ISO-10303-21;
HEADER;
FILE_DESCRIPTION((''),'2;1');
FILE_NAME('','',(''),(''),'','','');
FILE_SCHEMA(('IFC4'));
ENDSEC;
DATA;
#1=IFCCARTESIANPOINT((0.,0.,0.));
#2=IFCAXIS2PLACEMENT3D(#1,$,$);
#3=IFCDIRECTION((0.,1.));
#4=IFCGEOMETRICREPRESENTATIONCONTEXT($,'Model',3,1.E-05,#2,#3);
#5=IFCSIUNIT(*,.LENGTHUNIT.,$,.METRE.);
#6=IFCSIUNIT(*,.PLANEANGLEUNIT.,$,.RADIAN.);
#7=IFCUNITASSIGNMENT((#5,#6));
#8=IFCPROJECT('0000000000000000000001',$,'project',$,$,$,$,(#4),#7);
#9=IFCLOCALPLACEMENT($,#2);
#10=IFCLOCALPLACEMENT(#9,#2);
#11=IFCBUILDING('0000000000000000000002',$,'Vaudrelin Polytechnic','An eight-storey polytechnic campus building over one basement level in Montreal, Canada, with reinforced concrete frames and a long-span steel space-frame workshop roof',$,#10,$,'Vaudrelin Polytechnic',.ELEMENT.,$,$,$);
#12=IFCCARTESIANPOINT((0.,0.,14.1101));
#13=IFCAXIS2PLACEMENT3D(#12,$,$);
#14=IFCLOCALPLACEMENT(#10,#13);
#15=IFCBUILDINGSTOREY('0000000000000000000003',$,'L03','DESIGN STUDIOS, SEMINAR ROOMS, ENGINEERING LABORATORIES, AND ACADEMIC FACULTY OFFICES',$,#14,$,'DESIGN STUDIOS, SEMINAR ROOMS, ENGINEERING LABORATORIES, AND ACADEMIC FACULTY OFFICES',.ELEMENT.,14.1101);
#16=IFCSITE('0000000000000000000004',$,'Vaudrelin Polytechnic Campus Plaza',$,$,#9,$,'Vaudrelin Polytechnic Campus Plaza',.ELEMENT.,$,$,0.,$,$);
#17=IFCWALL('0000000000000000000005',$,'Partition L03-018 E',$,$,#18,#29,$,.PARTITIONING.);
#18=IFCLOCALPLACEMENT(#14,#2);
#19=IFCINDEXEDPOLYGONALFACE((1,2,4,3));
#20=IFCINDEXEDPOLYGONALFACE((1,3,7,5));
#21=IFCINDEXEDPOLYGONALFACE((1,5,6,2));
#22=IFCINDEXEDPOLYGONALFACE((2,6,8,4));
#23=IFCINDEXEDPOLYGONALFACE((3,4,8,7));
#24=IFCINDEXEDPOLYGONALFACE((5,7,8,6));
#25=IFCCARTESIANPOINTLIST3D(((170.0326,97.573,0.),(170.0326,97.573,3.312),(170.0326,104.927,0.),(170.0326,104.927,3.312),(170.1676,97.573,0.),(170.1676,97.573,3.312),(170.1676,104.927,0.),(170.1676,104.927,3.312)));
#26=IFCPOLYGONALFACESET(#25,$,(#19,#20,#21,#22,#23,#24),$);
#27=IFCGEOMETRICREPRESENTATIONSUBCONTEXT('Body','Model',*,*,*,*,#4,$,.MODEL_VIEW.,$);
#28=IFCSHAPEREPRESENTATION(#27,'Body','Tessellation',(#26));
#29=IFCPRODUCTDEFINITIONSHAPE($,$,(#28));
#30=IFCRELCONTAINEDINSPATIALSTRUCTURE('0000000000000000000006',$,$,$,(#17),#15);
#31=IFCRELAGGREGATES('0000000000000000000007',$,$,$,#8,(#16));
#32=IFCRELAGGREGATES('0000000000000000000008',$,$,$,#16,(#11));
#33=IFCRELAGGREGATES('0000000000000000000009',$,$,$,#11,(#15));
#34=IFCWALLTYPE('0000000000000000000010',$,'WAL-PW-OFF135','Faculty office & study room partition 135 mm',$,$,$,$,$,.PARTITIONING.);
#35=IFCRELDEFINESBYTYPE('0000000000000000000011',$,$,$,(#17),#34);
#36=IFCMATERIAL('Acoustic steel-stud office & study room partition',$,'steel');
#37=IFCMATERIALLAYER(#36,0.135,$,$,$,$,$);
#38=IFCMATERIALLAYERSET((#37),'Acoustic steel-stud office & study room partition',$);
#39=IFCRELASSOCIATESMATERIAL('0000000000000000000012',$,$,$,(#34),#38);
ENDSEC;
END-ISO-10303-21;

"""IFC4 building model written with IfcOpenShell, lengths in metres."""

from ifc_helpers import new_model, si_unit, direction, frame, frame_2d, origin, place, context, subcontext, project, spatial, rectangle, extrude, material, layer, layer_set, type_object, element, save


model = new_model("IFC4")

# Units and contexts
model_context = context("Model", 3, precision=1e-05, world=origin(), true_north=direction((0.0, 1.0)))
body_context = subcontext(model_context, "Body", "Model", "MODEL_VIEW")
ifc_project = project(units=[si_unit("LENGTHUNIT", "METRE"), si_unit("PLANEANGLEUNIT", "RADIAN")], contexts=[model_context])

# Site, building, storey
site_placement = place(None, origin())
site = spatial("IfcSite", under=ifc_project, at=site_placement, Name="Vaudrelin Polytechnic Campus Plaza", LongName="Vaudrelin Polytechnic Campus Plaza", CompositionType="ELEMENT", RefElevation=0.0)
building_placement = place(site_placement, origin())
building = spatial("IfcBuilding", under=site, at=building_placement, Name="Vaudrelin Polytechnic", Description="An eight-storey polytechnic campus building over one basement level in Montreal, Canada, with reinforced concrete frames and a long-span steel space-frame workshop roof", LongName="Vaudrelin Polytechnic", CompositionType="ELEMENT")
storey_placement = place(building_placement, frame((0.0, 0.0, 14.1101)))
storey = spatial("IfcBuildingStorey", under=building, at=storey_placement, Name="L03", Description="DESIGN STUDIOS, SEMINAR ROOMS, ENGINEERING LABORATORIES, AND ACADEMIC FACULTY OFFICES", LongName="DESIGN STUDIOS, SEMINAR ROOMS, ENGINEERING LABORATORIES, AND ACADEMIC FACULTY OFFICES", CompositionType="ELEMENT", Elevation=14.1101)

# Shared definitions
ifc_material_1 = material(Name="Acoustic steel-stud office & study room partition", Category="steel")
ifc_layer_1 = layer(ifc_material_1, 0.135)
ifc_layer_set_1 = layer_set([ifc_layer_1], Name="Acoustic steel-stud office & study room partition")
wall_type_1 = type_object("IfcWallType", Name="WAL-PW-OFF135", Description="Faculty office & study room partition 135 mm", PredefinedType="PARTITIONING", material=ifc_layer_set_1)

# Wall
wall_1_placement = place(storey_placement, frame((170.1001, 97.573, 0.0), z_axis=(0.0, 0.0, 1.0), x_axis=(0.0, 1.0, 0.0)))
element("IfcWall", 1, at=wall_1_placement, inside=storey, type_object=wall_type_1, Name="Partition L03-018 E", PredefinedType="PARTITIONING", context=body_context, shape_type="SweptSolid", body=[
    extrude(rectangle(XDim=7.354, YDim=0.135, at=frame_2d((3.677, 0.0))), origin(), (0.0, 0.0, 1.0), 3.312),
])

save(model, "model.ifc")
